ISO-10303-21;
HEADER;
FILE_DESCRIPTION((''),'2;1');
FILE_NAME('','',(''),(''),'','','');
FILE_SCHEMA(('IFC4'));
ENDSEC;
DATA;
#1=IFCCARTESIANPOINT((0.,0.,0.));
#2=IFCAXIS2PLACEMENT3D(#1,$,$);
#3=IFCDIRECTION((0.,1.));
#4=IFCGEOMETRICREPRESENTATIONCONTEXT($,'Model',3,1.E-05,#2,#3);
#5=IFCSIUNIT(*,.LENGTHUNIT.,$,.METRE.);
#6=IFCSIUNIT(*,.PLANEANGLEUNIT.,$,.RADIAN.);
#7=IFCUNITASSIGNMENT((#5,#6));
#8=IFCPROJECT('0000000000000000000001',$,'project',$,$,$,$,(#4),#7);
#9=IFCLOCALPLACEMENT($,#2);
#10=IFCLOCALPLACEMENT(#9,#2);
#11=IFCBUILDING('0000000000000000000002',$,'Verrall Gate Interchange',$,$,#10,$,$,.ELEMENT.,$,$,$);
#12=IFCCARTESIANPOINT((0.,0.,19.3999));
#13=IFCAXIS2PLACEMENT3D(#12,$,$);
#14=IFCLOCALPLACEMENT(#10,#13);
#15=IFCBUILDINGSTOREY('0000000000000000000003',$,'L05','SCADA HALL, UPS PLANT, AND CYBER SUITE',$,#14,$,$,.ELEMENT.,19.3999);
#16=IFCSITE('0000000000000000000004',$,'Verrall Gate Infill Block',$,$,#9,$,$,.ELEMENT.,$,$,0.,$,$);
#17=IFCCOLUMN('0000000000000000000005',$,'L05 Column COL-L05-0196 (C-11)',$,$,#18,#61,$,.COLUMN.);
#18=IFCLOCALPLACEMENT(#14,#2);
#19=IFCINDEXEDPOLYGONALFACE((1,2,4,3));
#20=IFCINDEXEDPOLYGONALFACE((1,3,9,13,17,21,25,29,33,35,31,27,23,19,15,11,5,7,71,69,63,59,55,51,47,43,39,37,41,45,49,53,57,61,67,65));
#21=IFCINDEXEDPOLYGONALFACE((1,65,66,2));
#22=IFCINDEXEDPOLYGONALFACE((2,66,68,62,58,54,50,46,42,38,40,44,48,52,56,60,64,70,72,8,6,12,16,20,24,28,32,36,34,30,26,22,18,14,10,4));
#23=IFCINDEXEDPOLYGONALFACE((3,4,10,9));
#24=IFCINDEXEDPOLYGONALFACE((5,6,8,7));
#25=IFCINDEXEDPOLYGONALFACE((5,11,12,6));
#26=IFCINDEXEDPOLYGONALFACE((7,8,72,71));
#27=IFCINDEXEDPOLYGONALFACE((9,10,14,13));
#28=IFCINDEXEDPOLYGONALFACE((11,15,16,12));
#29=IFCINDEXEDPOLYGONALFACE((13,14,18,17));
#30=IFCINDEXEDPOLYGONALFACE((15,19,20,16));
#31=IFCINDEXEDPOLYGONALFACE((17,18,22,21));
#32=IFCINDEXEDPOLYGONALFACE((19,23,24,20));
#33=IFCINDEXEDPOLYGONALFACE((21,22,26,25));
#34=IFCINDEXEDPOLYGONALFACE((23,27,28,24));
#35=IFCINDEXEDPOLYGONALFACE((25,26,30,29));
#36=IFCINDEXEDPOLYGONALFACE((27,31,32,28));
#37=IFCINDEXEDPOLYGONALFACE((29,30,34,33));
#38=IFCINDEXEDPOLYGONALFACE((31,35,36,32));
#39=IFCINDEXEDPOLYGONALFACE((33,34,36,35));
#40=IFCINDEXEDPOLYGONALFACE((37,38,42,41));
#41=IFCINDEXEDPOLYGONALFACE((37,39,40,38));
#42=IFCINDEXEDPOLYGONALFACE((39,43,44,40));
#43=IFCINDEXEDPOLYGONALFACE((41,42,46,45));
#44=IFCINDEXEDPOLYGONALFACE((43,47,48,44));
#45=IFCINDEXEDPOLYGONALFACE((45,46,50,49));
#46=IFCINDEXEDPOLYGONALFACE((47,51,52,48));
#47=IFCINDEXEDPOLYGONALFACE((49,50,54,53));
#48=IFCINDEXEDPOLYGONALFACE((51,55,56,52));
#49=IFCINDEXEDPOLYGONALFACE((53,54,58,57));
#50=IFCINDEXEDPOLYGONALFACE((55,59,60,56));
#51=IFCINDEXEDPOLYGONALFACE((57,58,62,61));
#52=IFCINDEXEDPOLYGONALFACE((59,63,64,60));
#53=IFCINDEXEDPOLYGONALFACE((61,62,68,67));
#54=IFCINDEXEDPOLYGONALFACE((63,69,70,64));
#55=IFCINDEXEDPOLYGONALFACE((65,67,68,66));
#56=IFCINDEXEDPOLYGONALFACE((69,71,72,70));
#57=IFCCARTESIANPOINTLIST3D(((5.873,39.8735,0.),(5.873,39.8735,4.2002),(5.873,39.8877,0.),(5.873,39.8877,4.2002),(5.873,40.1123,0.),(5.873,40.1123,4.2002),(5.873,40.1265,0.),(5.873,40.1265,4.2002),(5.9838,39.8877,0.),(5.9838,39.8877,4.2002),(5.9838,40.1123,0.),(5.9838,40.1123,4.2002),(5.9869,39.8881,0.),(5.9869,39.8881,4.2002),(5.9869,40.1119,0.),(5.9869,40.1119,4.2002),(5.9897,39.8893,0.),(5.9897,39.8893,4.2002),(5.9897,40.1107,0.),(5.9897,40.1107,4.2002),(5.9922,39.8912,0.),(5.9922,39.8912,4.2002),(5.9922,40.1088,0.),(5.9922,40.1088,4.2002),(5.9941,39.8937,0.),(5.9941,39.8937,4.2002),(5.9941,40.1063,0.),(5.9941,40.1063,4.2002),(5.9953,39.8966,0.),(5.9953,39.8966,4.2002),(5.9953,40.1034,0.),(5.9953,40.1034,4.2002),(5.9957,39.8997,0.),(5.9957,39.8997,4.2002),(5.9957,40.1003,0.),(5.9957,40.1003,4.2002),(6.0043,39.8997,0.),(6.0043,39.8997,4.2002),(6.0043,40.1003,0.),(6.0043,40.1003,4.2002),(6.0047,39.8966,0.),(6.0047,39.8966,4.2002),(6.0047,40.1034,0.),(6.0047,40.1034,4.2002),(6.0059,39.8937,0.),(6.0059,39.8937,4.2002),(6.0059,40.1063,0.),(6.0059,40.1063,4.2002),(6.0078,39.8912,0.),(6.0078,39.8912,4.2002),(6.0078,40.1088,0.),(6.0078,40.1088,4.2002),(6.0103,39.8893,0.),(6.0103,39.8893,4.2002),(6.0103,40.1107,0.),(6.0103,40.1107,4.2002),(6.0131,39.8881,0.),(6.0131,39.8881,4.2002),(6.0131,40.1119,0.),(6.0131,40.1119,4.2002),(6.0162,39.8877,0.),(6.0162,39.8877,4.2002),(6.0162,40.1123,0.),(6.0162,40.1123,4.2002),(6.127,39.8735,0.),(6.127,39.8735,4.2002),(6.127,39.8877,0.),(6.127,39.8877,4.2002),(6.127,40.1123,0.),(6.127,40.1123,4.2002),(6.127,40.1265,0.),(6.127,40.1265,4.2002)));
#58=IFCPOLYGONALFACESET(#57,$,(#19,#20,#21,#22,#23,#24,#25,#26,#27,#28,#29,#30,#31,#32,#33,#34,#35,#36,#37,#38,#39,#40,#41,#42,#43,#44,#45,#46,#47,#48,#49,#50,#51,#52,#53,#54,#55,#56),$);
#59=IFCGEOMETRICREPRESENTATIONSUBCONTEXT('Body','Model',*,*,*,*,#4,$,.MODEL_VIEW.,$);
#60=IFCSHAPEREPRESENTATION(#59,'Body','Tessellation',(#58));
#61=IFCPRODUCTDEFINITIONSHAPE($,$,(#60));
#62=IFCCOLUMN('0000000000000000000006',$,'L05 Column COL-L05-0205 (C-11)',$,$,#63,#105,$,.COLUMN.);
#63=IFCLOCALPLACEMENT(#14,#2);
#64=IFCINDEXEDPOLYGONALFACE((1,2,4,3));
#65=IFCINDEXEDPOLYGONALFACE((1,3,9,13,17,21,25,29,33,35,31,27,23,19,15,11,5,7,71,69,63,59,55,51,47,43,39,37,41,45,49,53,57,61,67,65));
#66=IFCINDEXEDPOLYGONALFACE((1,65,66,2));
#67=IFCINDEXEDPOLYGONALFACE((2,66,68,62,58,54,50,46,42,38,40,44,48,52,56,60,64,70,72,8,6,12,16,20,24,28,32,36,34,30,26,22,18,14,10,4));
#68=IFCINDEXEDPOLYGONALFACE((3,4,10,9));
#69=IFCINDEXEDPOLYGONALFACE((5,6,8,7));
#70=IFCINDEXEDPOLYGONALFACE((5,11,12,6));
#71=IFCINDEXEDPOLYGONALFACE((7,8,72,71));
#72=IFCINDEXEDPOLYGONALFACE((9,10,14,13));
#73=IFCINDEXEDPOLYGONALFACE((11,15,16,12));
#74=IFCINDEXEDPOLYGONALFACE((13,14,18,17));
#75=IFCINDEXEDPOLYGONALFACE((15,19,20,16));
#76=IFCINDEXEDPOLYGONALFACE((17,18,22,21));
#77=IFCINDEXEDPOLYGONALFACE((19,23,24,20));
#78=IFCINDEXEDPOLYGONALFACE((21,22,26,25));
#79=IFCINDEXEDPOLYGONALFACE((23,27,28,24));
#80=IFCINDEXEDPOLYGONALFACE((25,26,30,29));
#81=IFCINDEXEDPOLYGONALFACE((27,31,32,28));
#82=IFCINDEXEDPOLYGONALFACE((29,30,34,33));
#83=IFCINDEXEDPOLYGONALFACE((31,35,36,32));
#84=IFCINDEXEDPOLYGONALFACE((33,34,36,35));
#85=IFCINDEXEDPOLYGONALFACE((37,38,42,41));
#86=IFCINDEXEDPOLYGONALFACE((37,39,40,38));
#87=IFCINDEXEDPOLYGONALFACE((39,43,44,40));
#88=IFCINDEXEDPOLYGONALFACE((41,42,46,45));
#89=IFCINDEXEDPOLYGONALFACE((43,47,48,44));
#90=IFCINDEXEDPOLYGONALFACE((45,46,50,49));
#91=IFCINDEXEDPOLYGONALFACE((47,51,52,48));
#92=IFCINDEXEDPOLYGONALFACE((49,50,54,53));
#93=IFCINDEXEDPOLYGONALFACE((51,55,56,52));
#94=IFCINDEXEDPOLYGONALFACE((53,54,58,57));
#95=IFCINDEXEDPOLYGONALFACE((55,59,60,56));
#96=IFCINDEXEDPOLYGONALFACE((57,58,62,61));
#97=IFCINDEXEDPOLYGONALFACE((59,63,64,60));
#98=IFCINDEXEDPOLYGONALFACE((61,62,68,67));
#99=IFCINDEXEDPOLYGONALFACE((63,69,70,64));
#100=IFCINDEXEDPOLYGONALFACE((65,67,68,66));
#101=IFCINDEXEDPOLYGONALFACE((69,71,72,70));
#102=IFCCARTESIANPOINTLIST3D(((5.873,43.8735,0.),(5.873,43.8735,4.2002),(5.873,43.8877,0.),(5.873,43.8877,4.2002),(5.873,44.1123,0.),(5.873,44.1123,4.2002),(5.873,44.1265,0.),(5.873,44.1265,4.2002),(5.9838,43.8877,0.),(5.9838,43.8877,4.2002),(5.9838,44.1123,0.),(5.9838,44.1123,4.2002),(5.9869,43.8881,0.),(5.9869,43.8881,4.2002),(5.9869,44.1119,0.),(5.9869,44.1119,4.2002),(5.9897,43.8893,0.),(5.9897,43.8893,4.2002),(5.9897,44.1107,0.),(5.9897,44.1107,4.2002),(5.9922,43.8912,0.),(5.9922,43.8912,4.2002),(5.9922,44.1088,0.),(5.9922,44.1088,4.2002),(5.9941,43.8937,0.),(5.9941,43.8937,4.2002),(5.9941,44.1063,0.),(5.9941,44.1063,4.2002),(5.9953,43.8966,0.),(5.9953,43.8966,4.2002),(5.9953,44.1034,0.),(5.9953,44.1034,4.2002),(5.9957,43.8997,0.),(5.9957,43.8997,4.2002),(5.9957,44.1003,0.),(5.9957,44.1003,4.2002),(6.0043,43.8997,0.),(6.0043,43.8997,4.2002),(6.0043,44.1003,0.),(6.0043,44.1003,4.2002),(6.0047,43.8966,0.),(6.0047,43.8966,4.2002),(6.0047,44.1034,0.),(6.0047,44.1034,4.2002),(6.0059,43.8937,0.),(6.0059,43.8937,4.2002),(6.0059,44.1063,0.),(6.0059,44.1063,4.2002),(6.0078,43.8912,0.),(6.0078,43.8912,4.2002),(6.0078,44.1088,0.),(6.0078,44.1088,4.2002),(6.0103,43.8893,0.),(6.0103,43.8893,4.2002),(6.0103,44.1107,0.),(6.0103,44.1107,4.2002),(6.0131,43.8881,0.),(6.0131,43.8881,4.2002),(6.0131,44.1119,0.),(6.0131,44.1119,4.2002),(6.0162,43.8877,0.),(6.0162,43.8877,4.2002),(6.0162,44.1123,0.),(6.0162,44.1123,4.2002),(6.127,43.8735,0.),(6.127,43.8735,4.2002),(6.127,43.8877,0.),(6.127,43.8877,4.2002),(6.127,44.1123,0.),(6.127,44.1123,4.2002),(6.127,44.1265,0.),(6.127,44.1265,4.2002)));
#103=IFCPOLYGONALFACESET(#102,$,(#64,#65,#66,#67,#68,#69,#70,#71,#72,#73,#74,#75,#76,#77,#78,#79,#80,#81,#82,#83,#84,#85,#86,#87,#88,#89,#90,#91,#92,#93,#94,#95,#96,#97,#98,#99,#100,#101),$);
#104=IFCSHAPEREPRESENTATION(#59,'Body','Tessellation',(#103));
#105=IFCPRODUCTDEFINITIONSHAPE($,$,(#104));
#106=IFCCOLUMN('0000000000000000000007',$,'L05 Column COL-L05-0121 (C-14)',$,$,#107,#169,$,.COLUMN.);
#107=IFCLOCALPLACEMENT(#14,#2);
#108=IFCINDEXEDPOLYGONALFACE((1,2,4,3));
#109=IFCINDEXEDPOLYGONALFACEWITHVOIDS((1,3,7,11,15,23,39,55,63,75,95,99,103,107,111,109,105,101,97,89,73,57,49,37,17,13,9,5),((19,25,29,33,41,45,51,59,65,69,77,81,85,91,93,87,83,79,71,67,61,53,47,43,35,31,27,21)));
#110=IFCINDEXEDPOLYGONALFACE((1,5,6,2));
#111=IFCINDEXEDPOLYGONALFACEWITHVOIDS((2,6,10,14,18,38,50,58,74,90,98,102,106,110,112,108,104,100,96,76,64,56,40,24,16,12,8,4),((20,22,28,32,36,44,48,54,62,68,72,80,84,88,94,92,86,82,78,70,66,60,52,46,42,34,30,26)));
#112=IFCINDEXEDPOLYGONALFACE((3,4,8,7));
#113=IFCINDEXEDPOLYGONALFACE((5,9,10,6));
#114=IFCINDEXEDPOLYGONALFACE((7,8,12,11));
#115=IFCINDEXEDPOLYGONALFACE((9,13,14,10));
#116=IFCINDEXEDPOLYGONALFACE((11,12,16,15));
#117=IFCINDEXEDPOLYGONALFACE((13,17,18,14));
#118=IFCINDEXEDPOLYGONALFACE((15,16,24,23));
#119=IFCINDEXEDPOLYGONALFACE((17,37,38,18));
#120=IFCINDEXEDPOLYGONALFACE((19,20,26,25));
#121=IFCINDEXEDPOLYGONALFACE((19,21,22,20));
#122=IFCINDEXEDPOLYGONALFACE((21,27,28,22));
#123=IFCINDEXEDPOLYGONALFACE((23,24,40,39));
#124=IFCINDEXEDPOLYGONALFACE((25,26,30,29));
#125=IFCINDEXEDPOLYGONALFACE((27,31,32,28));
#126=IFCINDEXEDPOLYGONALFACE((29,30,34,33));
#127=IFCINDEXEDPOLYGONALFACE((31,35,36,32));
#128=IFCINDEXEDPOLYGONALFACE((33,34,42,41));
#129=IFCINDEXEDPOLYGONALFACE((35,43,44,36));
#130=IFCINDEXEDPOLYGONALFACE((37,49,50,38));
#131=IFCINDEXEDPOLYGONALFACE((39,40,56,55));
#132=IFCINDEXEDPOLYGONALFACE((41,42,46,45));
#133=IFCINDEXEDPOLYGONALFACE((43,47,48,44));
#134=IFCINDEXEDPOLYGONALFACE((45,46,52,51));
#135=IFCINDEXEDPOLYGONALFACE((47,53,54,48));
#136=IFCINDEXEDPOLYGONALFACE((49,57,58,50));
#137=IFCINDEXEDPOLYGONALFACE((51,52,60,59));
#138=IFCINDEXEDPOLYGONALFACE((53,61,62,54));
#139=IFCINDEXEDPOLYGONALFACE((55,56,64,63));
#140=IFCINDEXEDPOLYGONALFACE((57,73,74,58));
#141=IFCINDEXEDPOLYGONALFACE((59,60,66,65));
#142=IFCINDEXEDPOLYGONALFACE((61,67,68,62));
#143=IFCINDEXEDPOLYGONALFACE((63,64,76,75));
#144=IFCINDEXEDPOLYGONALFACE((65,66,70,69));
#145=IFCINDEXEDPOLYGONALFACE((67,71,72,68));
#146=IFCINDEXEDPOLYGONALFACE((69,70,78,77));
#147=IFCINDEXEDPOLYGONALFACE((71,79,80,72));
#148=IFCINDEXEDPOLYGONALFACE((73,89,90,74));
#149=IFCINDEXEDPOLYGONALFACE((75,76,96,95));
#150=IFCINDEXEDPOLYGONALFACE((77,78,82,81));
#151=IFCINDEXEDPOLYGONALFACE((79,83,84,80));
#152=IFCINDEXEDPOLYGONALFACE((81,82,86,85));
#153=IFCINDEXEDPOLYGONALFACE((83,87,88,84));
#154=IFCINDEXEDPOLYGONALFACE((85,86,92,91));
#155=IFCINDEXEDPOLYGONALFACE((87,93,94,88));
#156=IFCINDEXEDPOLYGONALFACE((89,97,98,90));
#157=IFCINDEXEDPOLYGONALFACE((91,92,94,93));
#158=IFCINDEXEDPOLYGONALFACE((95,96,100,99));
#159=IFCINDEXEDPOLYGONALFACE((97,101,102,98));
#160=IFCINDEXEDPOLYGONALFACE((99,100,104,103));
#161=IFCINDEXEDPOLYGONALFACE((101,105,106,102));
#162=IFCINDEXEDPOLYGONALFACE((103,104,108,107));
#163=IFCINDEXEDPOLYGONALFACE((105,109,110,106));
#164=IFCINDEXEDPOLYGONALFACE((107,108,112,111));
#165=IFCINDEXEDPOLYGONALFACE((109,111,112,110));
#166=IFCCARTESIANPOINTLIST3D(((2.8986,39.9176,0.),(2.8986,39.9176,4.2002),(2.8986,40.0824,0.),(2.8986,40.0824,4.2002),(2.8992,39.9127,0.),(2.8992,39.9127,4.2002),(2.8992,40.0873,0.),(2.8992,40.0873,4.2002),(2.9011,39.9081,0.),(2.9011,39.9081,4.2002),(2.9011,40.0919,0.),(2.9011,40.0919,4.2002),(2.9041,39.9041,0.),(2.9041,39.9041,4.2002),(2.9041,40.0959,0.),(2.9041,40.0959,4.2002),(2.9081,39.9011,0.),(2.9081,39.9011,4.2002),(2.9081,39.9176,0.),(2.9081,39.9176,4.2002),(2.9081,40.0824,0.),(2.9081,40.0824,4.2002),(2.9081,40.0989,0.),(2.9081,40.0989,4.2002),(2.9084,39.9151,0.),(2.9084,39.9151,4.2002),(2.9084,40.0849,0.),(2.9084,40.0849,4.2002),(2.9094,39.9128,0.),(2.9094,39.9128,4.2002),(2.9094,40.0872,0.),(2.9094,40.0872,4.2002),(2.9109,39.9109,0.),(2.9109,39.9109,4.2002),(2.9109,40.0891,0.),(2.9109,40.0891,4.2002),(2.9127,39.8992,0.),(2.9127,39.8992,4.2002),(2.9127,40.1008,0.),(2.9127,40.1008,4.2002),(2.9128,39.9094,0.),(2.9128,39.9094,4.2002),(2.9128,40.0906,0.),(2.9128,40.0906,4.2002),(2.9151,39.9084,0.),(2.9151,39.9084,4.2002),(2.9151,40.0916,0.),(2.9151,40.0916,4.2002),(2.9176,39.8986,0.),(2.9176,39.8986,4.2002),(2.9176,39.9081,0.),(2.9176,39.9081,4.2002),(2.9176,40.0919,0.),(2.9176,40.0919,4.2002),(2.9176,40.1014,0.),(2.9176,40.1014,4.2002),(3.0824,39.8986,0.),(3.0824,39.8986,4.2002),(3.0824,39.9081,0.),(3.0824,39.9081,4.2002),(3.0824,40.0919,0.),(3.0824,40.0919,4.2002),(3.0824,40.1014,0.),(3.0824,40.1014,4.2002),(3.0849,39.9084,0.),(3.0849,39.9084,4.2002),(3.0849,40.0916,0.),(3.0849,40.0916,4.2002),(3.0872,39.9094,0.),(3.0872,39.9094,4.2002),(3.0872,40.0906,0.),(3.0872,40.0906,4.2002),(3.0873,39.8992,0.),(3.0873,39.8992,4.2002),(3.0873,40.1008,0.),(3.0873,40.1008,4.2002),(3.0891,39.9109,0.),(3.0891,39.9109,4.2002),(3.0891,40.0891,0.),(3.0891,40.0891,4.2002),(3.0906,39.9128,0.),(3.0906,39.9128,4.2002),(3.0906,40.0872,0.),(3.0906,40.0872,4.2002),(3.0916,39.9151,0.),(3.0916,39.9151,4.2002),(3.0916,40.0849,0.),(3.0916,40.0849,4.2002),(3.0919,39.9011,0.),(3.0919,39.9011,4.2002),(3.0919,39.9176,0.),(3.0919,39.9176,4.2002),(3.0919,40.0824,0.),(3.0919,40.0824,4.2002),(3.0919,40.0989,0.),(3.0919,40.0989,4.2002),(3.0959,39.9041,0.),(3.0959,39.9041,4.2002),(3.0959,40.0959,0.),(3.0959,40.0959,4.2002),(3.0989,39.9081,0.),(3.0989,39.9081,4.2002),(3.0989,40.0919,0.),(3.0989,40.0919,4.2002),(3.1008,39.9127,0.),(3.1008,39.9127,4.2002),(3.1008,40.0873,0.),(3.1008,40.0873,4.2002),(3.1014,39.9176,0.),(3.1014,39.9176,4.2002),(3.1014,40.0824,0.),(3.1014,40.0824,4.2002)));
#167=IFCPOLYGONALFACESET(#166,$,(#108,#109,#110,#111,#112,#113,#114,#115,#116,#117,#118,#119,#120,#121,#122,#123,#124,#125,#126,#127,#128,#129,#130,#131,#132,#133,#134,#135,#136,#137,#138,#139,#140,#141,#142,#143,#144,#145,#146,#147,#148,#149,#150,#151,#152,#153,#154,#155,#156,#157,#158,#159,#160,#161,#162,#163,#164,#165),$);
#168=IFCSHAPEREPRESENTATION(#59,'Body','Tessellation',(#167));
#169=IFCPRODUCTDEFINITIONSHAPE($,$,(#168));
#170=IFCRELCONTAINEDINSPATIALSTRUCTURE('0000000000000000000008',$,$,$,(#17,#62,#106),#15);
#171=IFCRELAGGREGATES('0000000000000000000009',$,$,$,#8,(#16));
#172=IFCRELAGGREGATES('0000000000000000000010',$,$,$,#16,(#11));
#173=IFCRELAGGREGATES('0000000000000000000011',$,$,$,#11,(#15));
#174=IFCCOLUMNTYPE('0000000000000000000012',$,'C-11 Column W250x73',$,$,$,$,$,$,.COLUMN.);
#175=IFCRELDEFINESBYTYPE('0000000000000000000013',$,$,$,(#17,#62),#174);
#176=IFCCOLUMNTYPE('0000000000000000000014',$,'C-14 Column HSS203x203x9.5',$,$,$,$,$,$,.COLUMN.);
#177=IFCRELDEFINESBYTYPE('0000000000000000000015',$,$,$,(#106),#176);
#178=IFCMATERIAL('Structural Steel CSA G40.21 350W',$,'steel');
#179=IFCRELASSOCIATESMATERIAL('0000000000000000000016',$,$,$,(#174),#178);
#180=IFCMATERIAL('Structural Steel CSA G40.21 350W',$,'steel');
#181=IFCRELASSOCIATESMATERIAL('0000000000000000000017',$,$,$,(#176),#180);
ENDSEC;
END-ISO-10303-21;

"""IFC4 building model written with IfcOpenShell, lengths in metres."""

from ifc_helpers import new_model, si_unit, direction, frame, origin, origin_2d, place, context, subcontext, project, spatial, hollow_rectangle, i_section, extrude, material, material_profile, profile_set, type_object, element, save


model = new_model("IFC4")

# Units and contexts
model_context = context("Model", 3, precision=1e-05, world=origin(), true_north=direction((0.0, 1.0)))
body_context = subcontext(model_context, "Body", "Model", "MODEL_VIEW")
ifc_project = project(units=[si_unit("LENGTHUNIT", "METRE"), si_unit("PLANEANGLEUNIT", "RADIAN")], contexts=[model_context])

# Site, building, storey
site_placement = place(None, origin())
site = spatial("IfcSite", under=ifc_project, at=site_placement, Name="Verrall Gate Infill Block", CompositionType="ELEMENT", RefElevation=0.0)
building_placement = place(site_placement, origin())
building = spatial("IfcBuilding", under=site, at=building_placement, Name="Verrall Gate Interchange", CompositionType="ELEMENT")
storey_placement = place(building_placement, frame((0.0, 0.0, 19.3999)))
storey = spatial("IfcBuildingStorey", under=building, at=storey_placement, Name="L05", Description="SCADA HALL, UPS PLANT, AND CYBER SUITE", CompositionType="ELEMENT", Elevation=19.3999)

# Columns
ifc_material_1 = material(Name="Structural Steel CSA G40.21 350W", Category="steel")
ifc_material_profile_1 = material_profile(ifc_material_1, i_section(OverallWidth=0.2539, OverallDepth=0.2529, WebThickness=0.0085, FlangeThickness=0.0142, FilletRadius=0.012, at=origin_2d()), Name="W250x73")
ifc_profile_set_1 = profile_set([ifc_material_profile_1], Name="Structural Steel CSA G40.21 350W")
column_type_1 = type_object("IfcColumnType", Name="C-11 Column W250x73", PredefinedType="COLUMN", material=ifc_profile_set_1)
for number, where, z_axis, x_axis, name in (
    (1, (6.0, 40.0, 0.0), (0.0, 0.0, 1.0), (1.0, 0.0, 0.0), "L05 Column COL-L05-0196 (C-11)"),
    (2, (6.0, 44.0, 0.0), (0.0, 0.0, 1.0), (1.0, 0.0, 0.0), "L05 Column COL-L05-0205 (C-11)"),
):
    element("IfcColumn", number, at=place(storey_placement, frame(where, z_axis=z_axis, x_axis=x_axis)), inside=storey, type_object=column_type_1, Name=name, PredefinedType="COLUMN", context=body_context, shape_type="SweptSolid", body=[
        extrude(i_section(OverallWidth=0.2539, OverallDepth=0.2529, WebThickness=0.0085, FlangeThickness=0.0142, FilletRadius=0.012, at=origin_2d()), origin(), (0.0, 0.0, 1.0), 4.2002),
    ])
ifc_material_2 = material(Name="Structural Steel CSA G40.21 350W", Category="steel")
ifc_material_profile_2 = material_profile(ifc_material_2, hollow_rectangle(XDim=0.2029, YDim=0.2029, WallThickness=0.0095, InnerFilletRadius=0.0095, OuterFilletRadius=0.019, at=origin_2d()), Name="HSS203x203x9.5")
ifc_profile_set_2 = profile_set([ifc_material_profile_2], Name="Structural Steel CSA G40.21 350W")
column_type_2 = type_object("IfcColumnType", Name="C-14 Column HSS203x203x9.5", PredefinedType="COLUMN", material=ifc_profile_set_2)
for number, where, z_axis, x_axis, name in (
    (3, (3.0, 40.0, 0.0), (0.0, 0.0, 1.0), (1.0, 0.0, 0.0), "L05 Column COL-L05-0121 (C-14)"),
):
    element("IfcColumn", number, at=place(storey_placement, frame(where, z_axis=z_axis, x_axis=x_axis)), inside=storey, type_object=column_type_2, Name=name, PredefinedType="COLUMN", context=body_context, shape_type="SweptSolid", body=[
        extrude(hollow_rectangle(XDim=0.2029, YDim=0.2029, WallThickness=0.0095, InnerFilletRadius=0.0095, OuterFilletRadius=0.019, at=origin_2d()), origin(), (0.0, 0.0, 1.0), 4.2002),
    ])

save(model, "model.ifc")
